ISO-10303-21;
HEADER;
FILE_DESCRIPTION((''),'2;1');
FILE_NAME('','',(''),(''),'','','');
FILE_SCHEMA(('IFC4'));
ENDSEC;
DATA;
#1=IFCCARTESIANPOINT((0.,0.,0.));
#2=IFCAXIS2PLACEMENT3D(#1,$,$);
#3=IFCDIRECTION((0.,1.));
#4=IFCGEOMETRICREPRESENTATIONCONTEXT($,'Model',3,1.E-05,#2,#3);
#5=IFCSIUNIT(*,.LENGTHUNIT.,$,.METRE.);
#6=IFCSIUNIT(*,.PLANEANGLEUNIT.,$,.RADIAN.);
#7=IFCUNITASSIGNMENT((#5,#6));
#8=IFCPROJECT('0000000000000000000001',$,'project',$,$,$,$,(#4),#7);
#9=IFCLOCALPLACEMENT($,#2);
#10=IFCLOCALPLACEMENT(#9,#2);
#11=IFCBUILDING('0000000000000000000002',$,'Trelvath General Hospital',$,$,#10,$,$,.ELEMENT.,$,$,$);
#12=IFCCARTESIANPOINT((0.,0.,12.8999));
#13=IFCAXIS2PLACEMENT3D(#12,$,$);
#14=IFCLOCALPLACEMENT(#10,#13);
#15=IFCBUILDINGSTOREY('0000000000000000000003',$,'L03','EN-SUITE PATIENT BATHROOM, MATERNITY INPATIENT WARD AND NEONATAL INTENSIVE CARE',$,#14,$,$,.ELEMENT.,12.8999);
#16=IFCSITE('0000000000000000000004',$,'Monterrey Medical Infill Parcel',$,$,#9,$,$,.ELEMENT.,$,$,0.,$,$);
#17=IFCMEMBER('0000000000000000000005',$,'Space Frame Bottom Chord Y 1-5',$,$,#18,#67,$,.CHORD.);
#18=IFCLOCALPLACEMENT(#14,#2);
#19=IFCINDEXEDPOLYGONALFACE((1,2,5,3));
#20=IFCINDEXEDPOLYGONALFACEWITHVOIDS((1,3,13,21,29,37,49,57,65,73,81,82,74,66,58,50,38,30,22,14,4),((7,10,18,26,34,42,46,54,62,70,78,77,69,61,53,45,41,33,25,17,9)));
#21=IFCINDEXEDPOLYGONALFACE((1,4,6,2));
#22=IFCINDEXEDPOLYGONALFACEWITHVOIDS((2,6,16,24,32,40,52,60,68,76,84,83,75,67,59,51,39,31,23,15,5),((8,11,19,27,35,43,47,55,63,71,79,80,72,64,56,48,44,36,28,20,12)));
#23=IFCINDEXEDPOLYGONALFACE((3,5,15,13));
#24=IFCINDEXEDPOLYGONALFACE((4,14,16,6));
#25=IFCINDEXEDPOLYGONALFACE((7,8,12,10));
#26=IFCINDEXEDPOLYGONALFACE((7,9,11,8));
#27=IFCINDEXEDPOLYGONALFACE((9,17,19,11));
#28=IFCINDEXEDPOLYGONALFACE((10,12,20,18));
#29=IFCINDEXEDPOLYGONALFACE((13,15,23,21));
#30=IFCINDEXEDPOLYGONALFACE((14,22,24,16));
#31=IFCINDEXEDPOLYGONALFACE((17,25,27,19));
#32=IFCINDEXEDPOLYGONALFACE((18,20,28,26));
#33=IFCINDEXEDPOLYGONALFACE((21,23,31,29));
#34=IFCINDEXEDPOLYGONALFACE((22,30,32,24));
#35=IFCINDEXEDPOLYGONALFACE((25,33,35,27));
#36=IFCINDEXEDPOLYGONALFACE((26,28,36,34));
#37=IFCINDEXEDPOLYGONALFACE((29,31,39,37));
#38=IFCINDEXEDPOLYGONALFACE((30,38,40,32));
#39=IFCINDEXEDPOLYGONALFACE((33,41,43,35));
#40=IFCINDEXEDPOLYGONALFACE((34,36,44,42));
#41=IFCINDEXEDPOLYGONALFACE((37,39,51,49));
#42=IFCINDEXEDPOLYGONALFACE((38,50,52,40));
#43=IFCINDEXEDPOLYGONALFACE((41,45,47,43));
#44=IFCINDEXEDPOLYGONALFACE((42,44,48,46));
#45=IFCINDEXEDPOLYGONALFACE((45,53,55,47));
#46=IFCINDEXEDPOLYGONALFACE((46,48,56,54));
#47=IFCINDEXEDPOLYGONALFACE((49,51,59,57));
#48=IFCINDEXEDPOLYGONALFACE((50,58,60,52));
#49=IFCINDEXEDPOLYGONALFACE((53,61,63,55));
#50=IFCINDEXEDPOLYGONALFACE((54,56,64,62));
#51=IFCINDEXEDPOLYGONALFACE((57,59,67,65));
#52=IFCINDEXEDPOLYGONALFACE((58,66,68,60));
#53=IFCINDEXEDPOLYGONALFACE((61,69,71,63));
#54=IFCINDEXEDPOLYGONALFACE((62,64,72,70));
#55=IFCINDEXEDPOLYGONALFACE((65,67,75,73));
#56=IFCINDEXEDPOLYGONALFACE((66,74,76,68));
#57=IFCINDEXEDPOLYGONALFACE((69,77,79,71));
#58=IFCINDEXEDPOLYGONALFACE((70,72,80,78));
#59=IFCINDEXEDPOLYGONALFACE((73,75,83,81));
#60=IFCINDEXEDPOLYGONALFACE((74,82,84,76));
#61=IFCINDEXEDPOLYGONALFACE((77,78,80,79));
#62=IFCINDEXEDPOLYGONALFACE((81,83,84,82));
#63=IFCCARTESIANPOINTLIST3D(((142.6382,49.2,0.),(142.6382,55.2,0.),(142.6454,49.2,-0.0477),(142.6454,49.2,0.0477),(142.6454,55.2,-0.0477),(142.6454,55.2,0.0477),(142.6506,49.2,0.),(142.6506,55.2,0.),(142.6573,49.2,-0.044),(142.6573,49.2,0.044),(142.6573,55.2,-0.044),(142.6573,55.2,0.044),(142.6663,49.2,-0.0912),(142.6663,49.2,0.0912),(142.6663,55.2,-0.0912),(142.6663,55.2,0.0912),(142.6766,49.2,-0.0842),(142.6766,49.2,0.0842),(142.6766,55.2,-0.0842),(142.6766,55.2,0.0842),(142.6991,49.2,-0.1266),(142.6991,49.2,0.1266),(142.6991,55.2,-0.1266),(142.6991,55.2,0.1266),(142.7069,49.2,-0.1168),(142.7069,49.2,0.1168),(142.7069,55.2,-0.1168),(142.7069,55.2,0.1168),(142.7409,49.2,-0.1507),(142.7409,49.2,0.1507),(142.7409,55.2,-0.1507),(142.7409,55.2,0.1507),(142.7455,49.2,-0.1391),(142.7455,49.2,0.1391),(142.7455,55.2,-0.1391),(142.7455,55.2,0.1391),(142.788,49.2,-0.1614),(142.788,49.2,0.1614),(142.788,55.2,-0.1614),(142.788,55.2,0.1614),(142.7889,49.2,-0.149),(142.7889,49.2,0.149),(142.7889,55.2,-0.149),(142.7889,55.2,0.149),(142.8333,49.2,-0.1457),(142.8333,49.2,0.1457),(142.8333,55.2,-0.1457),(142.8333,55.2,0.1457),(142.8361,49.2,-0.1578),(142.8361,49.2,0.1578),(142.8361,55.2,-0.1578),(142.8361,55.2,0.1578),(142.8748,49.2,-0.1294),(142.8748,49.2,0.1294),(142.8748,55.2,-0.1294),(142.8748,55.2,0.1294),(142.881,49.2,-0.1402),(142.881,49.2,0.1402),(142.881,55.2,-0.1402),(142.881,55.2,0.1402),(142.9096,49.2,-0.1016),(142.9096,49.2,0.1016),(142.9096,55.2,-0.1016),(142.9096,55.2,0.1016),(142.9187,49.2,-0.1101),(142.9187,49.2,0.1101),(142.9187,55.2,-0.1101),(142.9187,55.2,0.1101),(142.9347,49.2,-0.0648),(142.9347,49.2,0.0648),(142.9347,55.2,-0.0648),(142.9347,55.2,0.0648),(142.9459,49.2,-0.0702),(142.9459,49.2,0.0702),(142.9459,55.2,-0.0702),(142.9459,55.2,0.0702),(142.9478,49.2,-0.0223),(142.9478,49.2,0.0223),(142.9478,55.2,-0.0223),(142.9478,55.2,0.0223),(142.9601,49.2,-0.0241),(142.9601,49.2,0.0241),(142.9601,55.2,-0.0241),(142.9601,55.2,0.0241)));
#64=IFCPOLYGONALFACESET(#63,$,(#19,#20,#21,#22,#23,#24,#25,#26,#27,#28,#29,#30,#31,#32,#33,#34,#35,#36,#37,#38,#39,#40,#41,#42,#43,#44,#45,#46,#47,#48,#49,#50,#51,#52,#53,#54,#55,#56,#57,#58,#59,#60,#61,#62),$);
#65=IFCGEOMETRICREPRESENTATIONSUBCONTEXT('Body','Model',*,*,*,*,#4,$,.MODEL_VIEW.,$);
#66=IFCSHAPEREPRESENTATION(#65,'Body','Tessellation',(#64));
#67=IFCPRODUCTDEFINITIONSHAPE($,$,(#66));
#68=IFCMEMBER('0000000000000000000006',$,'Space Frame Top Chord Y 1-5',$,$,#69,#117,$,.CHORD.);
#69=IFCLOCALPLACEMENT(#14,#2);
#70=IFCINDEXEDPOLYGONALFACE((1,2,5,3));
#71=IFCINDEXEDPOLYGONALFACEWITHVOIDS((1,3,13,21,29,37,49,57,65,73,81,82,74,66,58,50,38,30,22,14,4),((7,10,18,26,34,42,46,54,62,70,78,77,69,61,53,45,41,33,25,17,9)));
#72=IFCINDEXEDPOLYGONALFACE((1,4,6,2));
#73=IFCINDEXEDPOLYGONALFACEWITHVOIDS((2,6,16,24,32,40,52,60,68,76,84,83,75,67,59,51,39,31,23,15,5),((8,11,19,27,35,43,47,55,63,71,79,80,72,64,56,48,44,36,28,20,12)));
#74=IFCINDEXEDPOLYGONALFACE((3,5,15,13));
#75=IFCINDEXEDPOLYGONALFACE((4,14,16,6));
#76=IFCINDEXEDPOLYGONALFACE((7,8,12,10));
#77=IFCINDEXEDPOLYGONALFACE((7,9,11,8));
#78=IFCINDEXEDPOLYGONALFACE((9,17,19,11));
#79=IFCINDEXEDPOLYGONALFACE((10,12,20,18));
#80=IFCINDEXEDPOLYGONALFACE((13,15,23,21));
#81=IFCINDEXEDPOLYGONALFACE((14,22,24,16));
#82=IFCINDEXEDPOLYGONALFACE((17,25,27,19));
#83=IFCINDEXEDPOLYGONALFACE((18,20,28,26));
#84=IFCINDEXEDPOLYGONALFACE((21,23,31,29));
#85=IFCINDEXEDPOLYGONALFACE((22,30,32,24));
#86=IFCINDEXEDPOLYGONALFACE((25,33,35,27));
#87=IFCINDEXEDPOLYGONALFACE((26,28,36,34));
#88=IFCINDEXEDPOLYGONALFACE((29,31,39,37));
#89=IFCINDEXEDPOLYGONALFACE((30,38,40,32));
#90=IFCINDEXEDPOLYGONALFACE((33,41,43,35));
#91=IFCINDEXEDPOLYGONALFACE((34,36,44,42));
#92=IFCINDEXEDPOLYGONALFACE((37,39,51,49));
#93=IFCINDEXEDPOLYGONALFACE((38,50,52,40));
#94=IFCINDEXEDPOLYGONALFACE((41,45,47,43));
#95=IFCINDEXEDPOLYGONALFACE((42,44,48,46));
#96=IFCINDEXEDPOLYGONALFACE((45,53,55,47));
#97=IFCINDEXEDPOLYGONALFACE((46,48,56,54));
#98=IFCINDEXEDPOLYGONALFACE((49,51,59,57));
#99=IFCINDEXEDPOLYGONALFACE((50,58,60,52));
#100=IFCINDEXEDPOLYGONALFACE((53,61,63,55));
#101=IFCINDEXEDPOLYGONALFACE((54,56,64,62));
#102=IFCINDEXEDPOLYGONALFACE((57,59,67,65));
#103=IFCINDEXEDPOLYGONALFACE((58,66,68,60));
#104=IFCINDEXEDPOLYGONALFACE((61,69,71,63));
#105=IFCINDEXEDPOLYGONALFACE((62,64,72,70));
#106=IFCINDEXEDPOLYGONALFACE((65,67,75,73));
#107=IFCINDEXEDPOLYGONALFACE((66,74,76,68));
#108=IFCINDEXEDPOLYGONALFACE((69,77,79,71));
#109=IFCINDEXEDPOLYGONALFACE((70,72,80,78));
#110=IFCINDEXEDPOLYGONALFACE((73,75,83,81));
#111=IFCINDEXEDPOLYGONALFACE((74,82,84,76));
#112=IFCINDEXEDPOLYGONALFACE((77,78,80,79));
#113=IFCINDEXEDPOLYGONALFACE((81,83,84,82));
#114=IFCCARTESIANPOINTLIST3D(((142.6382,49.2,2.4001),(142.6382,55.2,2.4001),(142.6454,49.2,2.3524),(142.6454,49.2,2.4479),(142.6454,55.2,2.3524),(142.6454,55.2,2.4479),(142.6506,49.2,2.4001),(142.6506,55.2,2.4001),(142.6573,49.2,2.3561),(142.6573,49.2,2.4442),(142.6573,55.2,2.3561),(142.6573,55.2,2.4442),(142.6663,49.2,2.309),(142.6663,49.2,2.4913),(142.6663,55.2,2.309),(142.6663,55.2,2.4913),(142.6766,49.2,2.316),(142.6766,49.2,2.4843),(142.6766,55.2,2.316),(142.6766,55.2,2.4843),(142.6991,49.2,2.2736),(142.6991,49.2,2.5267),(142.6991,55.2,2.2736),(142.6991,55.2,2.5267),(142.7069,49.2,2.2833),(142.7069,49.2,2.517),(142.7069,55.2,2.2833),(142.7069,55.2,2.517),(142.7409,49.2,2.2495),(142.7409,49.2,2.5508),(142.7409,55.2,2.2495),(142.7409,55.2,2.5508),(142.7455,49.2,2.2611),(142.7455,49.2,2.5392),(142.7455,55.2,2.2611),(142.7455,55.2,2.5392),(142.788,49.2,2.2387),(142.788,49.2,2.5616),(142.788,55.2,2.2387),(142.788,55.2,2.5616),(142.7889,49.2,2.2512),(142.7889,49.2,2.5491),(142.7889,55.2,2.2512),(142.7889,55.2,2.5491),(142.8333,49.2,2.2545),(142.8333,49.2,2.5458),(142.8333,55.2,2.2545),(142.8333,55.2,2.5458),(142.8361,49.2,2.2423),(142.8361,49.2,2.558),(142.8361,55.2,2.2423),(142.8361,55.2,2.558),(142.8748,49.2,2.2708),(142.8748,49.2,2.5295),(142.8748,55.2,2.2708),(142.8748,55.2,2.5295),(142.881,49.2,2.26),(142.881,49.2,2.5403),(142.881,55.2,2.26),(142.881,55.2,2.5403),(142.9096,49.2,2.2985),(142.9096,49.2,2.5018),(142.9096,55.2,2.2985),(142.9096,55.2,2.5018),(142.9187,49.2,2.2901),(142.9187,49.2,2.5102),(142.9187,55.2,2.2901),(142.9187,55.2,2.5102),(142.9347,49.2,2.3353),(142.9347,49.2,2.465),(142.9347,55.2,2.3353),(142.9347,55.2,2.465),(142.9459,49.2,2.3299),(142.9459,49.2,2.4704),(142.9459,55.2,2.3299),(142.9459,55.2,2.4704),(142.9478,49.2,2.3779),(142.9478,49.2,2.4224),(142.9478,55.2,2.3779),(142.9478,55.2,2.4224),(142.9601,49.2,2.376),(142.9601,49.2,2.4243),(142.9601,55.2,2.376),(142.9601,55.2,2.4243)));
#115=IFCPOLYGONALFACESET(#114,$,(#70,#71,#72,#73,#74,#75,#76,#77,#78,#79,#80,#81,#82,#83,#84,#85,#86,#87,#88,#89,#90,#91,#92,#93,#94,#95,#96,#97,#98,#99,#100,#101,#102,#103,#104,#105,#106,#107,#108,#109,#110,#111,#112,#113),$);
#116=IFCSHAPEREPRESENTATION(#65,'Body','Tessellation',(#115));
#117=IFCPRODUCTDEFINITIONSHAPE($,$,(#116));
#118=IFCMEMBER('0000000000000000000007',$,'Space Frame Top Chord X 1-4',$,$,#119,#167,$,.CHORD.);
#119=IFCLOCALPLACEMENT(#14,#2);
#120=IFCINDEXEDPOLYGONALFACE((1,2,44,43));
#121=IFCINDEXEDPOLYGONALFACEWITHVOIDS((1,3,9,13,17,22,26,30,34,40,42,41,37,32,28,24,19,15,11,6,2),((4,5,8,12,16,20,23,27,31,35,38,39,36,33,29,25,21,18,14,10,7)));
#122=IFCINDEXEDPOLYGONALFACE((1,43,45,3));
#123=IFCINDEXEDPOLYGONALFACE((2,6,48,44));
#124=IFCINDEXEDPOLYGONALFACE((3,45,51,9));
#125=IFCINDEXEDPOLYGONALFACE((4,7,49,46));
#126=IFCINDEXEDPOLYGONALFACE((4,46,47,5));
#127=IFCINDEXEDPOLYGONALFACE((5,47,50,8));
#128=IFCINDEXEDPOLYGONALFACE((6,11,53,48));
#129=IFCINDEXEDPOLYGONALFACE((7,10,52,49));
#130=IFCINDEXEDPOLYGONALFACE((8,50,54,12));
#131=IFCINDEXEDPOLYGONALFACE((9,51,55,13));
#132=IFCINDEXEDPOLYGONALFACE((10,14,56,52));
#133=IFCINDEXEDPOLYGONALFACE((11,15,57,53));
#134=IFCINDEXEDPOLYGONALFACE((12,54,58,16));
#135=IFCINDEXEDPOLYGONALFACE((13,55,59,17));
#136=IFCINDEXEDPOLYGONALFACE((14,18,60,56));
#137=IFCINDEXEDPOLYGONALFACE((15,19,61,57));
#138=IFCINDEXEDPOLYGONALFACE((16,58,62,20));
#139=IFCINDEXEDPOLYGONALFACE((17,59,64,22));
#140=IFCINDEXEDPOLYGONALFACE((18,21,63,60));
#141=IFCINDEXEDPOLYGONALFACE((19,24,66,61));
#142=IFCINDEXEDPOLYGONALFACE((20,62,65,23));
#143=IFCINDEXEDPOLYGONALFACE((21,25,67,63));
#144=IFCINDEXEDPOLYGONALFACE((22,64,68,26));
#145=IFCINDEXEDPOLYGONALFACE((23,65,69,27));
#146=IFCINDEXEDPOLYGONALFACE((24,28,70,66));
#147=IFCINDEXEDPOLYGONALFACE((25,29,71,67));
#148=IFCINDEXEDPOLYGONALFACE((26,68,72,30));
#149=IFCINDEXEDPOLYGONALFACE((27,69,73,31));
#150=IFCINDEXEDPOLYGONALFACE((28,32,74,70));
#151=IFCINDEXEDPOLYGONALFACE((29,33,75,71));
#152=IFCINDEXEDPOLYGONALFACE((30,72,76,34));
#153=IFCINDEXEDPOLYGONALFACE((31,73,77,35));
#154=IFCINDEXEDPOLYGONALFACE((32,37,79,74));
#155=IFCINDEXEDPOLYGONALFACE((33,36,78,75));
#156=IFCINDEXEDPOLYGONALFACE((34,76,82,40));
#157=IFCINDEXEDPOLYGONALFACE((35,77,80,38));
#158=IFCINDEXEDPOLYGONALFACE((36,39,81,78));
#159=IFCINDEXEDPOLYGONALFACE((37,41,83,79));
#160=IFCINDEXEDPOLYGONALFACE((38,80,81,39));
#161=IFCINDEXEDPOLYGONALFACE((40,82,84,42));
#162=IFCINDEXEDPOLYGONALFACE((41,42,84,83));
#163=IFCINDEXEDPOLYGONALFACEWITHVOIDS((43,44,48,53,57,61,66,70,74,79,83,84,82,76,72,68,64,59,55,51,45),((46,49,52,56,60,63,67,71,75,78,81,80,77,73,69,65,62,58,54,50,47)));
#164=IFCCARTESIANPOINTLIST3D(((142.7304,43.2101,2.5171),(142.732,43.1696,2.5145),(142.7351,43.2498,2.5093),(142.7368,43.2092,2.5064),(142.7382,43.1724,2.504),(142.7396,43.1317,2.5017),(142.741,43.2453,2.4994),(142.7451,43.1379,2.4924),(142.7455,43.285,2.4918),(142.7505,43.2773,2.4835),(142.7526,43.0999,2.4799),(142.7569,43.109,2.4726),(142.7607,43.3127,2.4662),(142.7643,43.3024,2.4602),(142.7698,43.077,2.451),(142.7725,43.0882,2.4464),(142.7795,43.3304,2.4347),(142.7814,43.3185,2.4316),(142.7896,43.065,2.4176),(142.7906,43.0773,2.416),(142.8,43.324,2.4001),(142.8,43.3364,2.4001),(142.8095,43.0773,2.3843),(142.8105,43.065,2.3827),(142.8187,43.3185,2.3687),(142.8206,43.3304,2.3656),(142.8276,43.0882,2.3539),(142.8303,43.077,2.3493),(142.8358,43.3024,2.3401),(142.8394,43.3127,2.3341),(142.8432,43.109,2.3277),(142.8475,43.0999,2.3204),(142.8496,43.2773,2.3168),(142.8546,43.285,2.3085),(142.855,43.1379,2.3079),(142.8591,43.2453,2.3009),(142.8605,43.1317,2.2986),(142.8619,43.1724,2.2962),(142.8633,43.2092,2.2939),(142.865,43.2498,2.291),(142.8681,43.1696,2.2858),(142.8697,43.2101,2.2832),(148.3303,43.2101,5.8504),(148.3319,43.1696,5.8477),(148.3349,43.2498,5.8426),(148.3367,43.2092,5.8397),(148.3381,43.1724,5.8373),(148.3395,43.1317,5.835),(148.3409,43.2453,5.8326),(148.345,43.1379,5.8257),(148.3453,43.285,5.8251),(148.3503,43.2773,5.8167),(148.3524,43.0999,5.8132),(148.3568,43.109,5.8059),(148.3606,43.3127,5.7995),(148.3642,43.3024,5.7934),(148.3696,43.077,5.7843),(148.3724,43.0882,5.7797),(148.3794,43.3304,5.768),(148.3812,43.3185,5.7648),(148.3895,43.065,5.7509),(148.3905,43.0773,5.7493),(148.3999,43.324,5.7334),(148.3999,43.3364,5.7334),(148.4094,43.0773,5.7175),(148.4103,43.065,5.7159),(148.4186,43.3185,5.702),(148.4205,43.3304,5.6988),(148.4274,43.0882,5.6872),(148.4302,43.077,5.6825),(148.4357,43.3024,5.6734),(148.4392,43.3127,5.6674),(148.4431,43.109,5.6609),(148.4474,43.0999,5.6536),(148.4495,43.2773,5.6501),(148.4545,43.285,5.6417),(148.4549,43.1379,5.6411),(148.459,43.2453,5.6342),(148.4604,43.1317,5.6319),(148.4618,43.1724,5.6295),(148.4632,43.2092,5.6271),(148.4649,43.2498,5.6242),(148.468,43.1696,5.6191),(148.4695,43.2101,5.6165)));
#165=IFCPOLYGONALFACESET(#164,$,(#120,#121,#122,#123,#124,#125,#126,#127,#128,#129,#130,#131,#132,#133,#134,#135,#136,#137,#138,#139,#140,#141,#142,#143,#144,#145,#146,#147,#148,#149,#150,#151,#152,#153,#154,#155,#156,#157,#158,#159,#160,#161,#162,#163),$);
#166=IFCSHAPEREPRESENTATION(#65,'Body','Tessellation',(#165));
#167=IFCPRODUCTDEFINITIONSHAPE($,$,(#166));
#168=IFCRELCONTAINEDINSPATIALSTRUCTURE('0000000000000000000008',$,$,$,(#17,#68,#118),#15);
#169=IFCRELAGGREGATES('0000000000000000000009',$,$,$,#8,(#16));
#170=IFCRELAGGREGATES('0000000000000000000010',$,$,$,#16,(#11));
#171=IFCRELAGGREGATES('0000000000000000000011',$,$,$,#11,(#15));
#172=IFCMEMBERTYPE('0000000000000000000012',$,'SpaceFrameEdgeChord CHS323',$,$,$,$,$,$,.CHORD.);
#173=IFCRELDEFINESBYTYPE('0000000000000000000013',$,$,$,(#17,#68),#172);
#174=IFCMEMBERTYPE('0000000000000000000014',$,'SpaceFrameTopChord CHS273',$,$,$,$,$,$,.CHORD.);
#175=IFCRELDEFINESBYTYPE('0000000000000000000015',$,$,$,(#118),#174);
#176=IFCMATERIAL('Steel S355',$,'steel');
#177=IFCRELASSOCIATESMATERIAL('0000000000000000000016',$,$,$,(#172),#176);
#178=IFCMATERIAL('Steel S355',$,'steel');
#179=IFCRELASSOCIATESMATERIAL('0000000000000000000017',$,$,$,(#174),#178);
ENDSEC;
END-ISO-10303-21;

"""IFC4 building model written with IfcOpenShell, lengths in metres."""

from ifc_helpers import new_model, si_unit, direction, frame, origin, origin_2d, place, context, subcontext, project, spatial, hollow_circle, extrude, material, material_profile, profile_set, type_object, element, save


model = new_model("IFC4")

# Units and contexts
model_context = context("Model", 3, precision=1e-05, world=origin(), true_north=direction((0.0, 1.0)))
body_context = subcontext(model_context, "Body", "Model", "MODEL_VIEW")
ifc_project = project(units=[si_unit("LENGTHUNIT", "METRE"), si_unit("PLANEANGLEUNIT", "RADIAN")], contexts=[model_context])

# Site, building, storey
site_placement = place(None, origin())
site = spatial("IfcSite", under=ifc_project, at=site_placement, Name="Monterrey Medical Infill Parcel", CompositionType="ELEMENT", RefElevation=0.0)
building_placement = place(site_placement, origin())
building = spatial("IfcBuilding", under=site, at=building_placement, Name="Trelvath General Hospital", CompositionType="ELEMENT")
storey_placement = place(building_placement, frame((0.0, 0.0, 12.8999)))
storey = spatial("IfcBuildingStorey", under=building, at=storey_placement, Name="L03", Description="EN-SUITE PATIENT BATHROOM, MATERNITY INPATIENT WARD AND NEONATAL INTENSIVE CARE", CompositionType="ELEMENT", Elevation=12.8999)

# Members
ifc_material_1 = material(Name="Steel S355", Category="steel")
ifc_material_profile_1 = material_profile(ifc_material_1, hollow_circle(Radius=0.1619, WallThickness=0.0125, at=origin_2d()), Name="CHS323.9x12.5")
ifc_profile_set_1 = profile_set([ifc_material_profile_1], Name="Steel S355")
member_type_1 = type_object("IfcMemberType", Name="SpaceFrameEdgeChord CHS323", PredefinedType="CHORD", material=ifc_profile_set_1)
for number, where, z_axis, x_axis, name in (
    (1, (142.8, 49.2, 0.0), (0.0, 1.0, 0.0), (-1.0, 0.0, 0.0), "Space Frame Bottom Chord Y 1-5"),
    (2, (142.8, 49.2, 2.4001), (0.0, 1.0, 0.0), (-1.0, 0.0, 0.0), "Space Frame Top Chord Y 1-5"),
):
    element("IfcMember", number, at=place(storey_placement, frame(where, z_axis=z_axis, x_axis=x_axis)), inside=storey, type_object=member_type_1, Name=name, PredefinedType="CHORD", context=body_context, shape_type="SweptSolid", body=[
        extrude(hollow_circle(Radius=0.1619, WallThickness=0.0125, at=origin_2d()), origin(), (0.0, 0.0, 1.0), 6.0),
    ])
ifc_material_2 = material(Name="Steel S355", Category="steel")
ifc_material_profile_2 = material_profile(ifc_material_2, hollow_circle(Radius=0.1365, WallThickness=0.0125, at=origin_2d()), Name="CHS273.0x12.5")
ifc_profile_set_2 = profile_set([ifc_material_profile_2], Name="Steel S355")
member_type_2 = type_object("IfcMemberType", Name="SpaceFrameTopChord CHS273", PredefinedType="CHORD", material=ifc_profile_set_2)
for number, where, z_axis, x_axis, name in (
    (3, (142.8, 43.2, 2.4001), (0.859292, 0.0, 0.511485), (0.0, 1.0, 0.0), "Space Frame Top Chord X 1-4"),
):
    element("IfcMember", number, at=place(storey_placement, frame(where, z_axis=z_axis, x_axis=x_axis)), inside=storey, type_object=member_type_2, Name=name, PredefinedType="CHORD", context=body_context, shape_type="SweptSolid", body=[
        extrude(hollow_circle(Radius=0.1365, WallThickness=0.0125, at=origin_2d()), origin(), (0.0, 0.0, 1.0), 6.5168),
    ])

save(model, "model.ifc")
